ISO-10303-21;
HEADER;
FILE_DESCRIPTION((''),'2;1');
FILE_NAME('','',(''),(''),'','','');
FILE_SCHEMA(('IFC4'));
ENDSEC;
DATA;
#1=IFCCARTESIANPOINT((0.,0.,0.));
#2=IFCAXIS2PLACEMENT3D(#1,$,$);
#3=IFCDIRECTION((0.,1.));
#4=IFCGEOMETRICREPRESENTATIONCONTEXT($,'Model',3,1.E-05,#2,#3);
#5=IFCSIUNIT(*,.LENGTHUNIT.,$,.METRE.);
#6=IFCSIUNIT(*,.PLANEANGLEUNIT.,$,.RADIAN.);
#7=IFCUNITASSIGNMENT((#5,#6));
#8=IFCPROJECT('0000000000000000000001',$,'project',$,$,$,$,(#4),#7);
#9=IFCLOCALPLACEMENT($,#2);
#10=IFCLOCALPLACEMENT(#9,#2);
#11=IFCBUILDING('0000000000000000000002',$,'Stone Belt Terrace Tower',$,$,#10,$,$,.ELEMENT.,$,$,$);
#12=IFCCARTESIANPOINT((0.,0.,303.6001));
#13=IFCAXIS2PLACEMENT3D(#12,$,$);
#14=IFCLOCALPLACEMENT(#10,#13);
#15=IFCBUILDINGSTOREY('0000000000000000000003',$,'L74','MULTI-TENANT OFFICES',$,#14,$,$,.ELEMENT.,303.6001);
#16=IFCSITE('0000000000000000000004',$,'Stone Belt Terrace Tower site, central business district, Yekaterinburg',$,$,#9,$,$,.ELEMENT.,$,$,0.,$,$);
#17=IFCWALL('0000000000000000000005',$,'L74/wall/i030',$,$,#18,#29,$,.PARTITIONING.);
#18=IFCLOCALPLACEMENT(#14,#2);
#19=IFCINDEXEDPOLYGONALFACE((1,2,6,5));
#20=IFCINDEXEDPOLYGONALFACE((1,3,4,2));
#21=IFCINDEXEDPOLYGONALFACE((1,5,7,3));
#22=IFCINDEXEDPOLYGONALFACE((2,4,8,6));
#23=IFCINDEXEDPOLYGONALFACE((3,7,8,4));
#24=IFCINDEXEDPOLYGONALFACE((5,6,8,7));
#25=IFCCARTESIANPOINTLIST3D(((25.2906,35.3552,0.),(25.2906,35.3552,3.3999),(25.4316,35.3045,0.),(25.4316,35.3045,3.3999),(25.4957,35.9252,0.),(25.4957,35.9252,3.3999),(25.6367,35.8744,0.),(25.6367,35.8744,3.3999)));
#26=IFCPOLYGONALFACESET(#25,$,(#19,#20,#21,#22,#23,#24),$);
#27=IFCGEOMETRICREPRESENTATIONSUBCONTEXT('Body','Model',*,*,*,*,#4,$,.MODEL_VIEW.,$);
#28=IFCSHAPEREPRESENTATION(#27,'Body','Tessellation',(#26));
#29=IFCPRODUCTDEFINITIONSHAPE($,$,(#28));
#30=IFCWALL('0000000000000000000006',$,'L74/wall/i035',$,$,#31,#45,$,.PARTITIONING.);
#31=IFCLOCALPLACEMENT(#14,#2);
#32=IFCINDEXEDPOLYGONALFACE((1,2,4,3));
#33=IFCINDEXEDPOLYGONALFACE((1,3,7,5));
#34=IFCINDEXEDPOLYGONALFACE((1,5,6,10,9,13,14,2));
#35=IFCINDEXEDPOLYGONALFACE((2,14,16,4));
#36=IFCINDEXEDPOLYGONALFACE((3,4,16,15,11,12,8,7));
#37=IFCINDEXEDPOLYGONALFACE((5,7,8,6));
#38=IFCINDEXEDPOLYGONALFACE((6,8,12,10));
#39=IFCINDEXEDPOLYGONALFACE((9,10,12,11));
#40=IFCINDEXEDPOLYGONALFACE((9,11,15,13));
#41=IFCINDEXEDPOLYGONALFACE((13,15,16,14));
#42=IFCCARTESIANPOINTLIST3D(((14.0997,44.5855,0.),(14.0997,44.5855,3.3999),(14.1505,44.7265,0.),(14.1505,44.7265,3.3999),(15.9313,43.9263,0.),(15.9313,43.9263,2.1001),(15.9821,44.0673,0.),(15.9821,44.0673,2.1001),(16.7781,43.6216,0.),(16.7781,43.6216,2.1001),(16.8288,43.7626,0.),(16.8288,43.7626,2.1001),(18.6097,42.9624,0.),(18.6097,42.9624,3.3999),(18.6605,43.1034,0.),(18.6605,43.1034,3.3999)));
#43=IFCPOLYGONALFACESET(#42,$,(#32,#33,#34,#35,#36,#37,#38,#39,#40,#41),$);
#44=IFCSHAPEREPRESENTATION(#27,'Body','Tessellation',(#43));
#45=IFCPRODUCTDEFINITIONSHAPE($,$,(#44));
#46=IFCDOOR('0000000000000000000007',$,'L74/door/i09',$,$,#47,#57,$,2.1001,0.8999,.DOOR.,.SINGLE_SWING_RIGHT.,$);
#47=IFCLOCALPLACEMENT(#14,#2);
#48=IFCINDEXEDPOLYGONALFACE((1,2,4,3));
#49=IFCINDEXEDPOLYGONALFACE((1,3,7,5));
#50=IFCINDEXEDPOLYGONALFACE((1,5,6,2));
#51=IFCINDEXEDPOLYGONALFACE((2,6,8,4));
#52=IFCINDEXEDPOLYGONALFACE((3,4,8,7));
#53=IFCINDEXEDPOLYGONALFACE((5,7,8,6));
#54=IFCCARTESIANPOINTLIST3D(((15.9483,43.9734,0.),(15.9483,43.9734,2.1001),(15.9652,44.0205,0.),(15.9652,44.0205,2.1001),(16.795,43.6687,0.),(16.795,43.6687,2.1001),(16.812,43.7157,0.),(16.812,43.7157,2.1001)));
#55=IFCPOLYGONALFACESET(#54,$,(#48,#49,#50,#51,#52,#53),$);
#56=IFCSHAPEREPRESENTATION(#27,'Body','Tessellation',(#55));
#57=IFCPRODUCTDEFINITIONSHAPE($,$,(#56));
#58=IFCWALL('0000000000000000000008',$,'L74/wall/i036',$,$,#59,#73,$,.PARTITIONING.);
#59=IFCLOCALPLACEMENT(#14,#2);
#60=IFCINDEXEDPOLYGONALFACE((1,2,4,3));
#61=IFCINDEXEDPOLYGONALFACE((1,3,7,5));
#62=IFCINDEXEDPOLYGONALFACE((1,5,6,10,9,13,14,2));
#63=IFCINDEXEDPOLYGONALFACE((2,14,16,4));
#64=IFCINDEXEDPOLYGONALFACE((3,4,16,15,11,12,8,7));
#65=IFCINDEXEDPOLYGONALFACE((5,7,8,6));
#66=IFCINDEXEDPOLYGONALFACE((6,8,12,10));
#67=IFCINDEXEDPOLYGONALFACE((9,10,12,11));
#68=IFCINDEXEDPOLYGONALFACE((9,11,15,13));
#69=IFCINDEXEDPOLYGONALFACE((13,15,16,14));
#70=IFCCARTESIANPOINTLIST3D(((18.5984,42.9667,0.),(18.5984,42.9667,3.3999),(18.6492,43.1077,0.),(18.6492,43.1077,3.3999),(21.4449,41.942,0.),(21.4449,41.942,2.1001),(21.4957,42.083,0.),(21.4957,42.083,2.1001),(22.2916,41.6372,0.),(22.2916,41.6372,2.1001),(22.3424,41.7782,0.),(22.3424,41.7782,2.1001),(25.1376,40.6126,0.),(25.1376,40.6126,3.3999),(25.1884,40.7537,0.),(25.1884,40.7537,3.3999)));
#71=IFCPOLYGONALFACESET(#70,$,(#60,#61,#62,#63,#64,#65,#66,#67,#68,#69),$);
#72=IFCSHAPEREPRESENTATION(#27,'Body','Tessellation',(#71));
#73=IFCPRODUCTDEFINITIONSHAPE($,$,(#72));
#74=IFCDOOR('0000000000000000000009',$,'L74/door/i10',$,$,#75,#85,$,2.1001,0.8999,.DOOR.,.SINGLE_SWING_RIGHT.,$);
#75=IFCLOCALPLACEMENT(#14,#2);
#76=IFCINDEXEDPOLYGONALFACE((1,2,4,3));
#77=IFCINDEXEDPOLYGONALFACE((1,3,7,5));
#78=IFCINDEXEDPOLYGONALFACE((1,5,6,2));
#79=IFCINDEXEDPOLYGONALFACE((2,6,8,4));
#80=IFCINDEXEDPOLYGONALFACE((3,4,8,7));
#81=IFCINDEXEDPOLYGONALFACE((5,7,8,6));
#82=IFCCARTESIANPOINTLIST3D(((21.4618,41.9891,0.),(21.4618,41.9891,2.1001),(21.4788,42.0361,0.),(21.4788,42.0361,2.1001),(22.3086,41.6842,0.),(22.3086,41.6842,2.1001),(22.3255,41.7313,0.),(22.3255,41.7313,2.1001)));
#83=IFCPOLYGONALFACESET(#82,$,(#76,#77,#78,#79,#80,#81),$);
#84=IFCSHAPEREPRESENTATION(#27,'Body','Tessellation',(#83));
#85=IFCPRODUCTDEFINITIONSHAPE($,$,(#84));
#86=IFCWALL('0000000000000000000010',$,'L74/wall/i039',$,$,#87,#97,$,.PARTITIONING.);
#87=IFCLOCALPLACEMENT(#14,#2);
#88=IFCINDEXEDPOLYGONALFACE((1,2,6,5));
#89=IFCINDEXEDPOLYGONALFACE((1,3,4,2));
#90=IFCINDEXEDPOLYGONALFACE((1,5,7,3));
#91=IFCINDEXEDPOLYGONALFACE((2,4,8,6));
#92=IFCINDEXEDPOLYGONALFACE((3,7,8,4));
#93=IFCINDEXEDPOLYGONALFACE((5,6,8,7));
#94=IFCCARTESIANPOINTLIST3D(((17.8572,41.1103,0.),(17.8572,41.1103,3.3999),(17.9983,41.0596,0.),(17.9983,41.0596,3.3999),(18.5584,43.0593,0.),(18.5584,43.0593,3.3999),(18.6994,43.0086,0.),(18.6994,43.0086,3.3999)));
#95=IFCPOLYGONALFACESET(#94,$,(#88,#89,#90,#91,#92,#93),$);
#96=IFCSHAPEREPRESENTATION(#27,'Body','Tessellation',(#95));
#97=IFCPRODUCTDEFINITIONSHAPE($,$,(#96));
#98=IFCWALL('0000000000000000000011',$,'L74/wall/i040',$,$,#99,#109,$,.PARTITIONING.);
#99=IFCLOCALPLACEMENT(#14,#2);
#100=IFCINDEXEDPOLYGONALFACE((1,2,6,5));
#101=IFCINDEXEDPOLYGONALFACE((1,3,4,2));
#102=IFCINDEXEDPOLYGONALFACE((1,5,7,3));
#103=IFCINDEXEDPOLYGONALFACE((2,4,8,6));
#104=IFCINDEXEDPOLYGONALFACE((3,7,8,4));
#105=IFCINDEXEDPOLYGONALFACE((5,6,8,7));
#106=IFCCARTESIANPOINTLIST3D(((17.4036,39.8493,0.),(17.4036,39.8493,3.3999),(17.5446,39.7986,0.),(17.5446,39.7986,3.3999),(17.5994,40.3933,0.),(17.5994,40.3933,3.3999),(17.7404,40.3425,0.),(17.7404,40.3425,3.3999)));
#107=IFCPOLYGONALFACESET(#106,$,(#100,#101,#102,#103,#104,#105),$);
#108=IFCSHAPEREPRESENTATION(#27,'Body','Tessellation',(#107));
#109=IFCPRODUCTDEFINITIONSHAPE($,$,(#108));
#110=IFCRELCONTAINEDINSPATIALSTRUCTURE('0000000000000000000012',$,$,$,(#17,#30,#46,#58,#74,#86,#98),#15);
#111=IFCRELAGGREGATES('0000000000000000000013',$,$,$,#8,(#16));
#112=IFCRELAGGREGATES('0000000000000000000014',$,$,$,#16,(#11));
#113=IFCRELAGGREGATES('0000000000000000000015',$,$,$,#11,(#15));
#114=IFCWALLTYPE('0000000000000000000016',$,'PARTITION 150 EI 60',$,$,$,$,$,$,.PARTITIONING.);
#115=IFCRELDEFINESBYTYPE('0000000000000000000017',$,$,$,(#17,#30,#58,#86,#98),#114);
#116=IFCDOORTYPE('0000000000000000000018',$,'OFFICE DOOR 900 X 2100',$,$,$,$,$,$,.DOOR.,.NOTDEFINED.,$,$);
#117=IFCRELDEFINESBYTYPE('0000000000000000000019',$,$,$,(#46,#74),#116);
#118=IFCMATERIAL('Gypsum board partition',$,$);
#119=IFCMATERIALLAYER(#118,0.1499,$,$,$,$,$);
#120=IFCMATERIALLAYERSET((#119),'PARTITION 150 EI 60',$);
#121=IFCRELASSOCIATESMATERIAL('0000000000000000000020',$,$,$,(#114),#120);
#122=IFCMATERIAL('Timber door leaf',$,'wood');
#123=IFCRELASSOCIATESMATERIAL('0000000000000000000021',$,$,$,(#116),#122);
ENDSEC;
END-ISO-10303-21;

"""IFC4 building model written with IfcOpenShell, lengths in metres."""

from ifc_helpers import new_model, si_unit, direction, frame, frame_2d, origin, place, context, subcontext, project, spatial, rectangle, extrude, material, layer, layer_set, type_object, element, fill, save


model = new_model("IFC4")

# Units and contexts
model_context = context("Model", 3, precision=1e-05, world=origin(), true_north=direction((0.0, 1.0)))
body_context = subcontext(model_context, "Body", "Model", "MODEL_VIEW")
ifc_project = project(units=[si_unit("LENGTHUNIT", "METRE"), si_unit("PLANEANGLEUNIT", "RADIAN")], contexts=[model_context])

# Site, building, storey
site_placement = place(None, origin())
site = spatial("IfcSite", under=ifc_project, at=site_placement, Name="Stone Belt Terrace Tower site, central business district, Yekaterinburg", CompositionType="ELEMENT", RefElevation=0.0)
building_placement = place(site_placement, origin())
building = spatial("IfcBuilding", under=site, at=building_placement, Name="Stone Belt Terrace Tower", CompositionType="ELEMENT")
storey_placement = place(building_placement, frame((0.0, 0.0, 303.6001)))
storey = spatial("IfcBuildingStorey", under=building, at=storey_placement, Name="L74", Description="MULTI-TENANT OFFICES", CompositionType="ELEMENT", Elevation=303.6001)

# Shared definitions
ifc_material_1 = material(Name="Gypsum board partition")
ifc_layer_1 = layer(ifc_material_1, 0.1499)
ifc_layer_set_1 = layer_set([ifc_layer_1], Name="PARTITION 150 EI 60")
wall_type_1 = type_object("IfcWallType", Name="PARTITION 150 EI 60", PredefinedType="PARTITIONING", material=ifc_layer_set_1)

# Wall
wall_1_placement = place(storey_placement, frame((25.5662, 35.8997, 0.0), z_axis=(0.0, 0.0, 1.0), x_axis=(-0.338634, -0.940918, 0.0)))
element("IfcWall", 1, at=wall_1_placement, inside=storey, type_object=wall_type_1, Name="L74/wall/i030", PredefinedType="PARTITIONING", context=body_context, shape_type="SweptSolid", body=[
    extrude(rectangle(XDim=0.6057, YDim=0.1499, at=frame_2d((0.3027, 0.0))), origin(), (0.0, 0.0, 1.0), 3.3999),
])

# Walls, openings, doors
wall_2_placement = place(storey_placement, frame((18.635, 43.033, 0.0), z_axis=(0.0, 0.0, 1.0), x_axis=(-0.940924, 0.338617, 0.0)))
wall_2 = element("IfcWall", 2, at=wall_2_placement, inside=storey, type_object=wall_type_1, Name="L74/wall/i035", PredefinedType="PARTITIONING", context=body_context, shape_type="SweptSolid", body=[
    extrude(rectangle(XDim=4.7932, YDim=0.1499, at=frame_2d((2.3965, 0.0))), origin(), (0.0, 0.0, 1.0), 3.3999),
])
opening_1_placement = place(wall_2_placement, frame((1.9465, 0.0, 0.0)))
opening_1 = element("IfcOpeningElement", 3, at=opening_1_placement, cuts=wall_2, PredefinedType="OPENING", context=body_context, shape_type="SweptSolid", body=[
    extrude(rectangle(XDim=0.8999, YDim=2.1001, at=frame_2d((0.45, 1.05))), frame((0.0, 0.085, 0.0), z_axis=(0.0, -1.0, 0.0), x_axis=(1.0, 0.0, 0.0)), (0.0, 0.0, 1.0), 0.1699),
])
ifc_material_2 = material(Name="Timber door leaf", Category="wood")
door_type_1 = type_object("IfcDoorType", Name="OFFICE DOOR 900 X 2100", OperationType="NOTDEFINED", PredefinedType="DOOR", material=ifc_material_2)
door_1_placement = place(opening_1_placement, origin())
door_1 = element("IfcDoor", 4, at=door_1_placement, inside=storey, type_object=door_type_1, Name="L74/door/i09", OperationType="SINGLE_SWING_RIGHT", OverallHeight=2.1001, OverallWidth=0.8999, PredefinedType="DOOR", context=body_context, shape_type="SweptSolid", body=[
    extrude(rectangle(XDim=0.8999, YDim=2.1001, at=frame_2d((0.45, 1.05))), frame((0.0, 0.0249, 0.0), z_axis=(0.0, -1.0, 0.0), x_axis=(1.0, 0.0, 0.0)), (0.0, 0.0, 1.0), 0.05),
])
fill(opening_1, door_1)
wall_3_placement = place(storey_placement, frame((25.1631, 40.6831, 0.0), z_axis=(0.0, 0.0, 1.0), x_axis=(-0.94089, 0.338712, 0.0)))
wall_3 = element("IfcWall", 5, at=wall_3_placement, inside=storey, type_object=wall_type_1, Name="L74/wall/i036", PredefinedType="PARTITIONING", context=body_context, shape_type="SweptSolid", body=[
    extrude(rectangle(XDim=6.95, YDim=0.1499, at=frame_2d((3.4751, 0.0))), origin(), (0.0, 0.0, 1.0), 3.3999),
])
opening_2_placement = place(wall_3_placement, frame((3.0249, 0.0, 0.0)))
opening_2 = element("IfcOpeningElement", 6, at=opening_2_placement, cuts=wall_3, PredefinedType="OPENING", context=body_context, shape_type="SweptSolid", body=[
    extrude(rectangle(XDim=0.8999, YDim=2.1001, at=frame_2d((0.45, 1.05))), frame((0.0, 0.085, 0.0), z_axis=(0.0, -1.0, 0.0), x_axis=(1.0, 0.0, 0.0)), (0.0, 0.0, 1.0), 0.1699),
])
door_2_placement = place(opening_2_placement, origin())
door_2 = element("IfcDoor", 7, at=door_2_placement, inside=storey, type_object=door_type_1, Name="L74/door/i10", OperationType="SINGLE_SWING_RIGHT", OverallHeight=2.1001, OverallWidth=0.8999, PredefinedType="DOOR", context=body_context, shape_type="SweptSolid", body=[
    extrude(rectangle(XDim=0.8999, YDim=2.1001, at=frame_2d((0.45, 1.05))), frame((0.0, 0.0249, 0.0), z_axis=(0.0, -1.0, 0.0), x_axis=(1.0, 0.0, 0.0)), (0.0, 0.0, 1.0), 0.05),
])
fill(opening_2, door_2)

# Walls
wall_4_placement = place(storey_placement, frame((18.6289, 43.0339, 0.0), z_axis=(0.0, 0.0, 1.0), x_axis=(-0.338523, -0.940958, 0.0)))
element("IfcWall", 8, at=wall_4_placement, inside=storey, type_object=wall_type_1, Name="L74/wall/i039", PredefinedType="PARTITIONING", context=body_context, shape_type="SweptSolid", body=[
    extrude(rectangle(XDim=2.0713, YDim=0.1499, at=frame_2d((1.0356, 0.0))), origin(), (0.0, 0.0, 1.0), 3.3999),
])
wall_5_placement = place(storey_placement, frame((17.6699, 40.3679, 0.0), z_axis=(0.0, 0.0, 1.0), x_axis=(-0.33869, -0.940898, 0.0)))
element("IfcWall", 9, at=wall_5_placement, inside=storey, type_object=wall_type_1, Name="L74/wall/i040", PredefinedType="PARTITIONING", context=body_context, shape_type="SweptSolid", body=[
    extrude(rectangle(XDim=0.5781, YDim=0.1499, at=frame_2d((0.2891, 0.0))), origin(), (0.0, 0.0, 1.0), 3.3999),
])

save(model, "model.ifc")
